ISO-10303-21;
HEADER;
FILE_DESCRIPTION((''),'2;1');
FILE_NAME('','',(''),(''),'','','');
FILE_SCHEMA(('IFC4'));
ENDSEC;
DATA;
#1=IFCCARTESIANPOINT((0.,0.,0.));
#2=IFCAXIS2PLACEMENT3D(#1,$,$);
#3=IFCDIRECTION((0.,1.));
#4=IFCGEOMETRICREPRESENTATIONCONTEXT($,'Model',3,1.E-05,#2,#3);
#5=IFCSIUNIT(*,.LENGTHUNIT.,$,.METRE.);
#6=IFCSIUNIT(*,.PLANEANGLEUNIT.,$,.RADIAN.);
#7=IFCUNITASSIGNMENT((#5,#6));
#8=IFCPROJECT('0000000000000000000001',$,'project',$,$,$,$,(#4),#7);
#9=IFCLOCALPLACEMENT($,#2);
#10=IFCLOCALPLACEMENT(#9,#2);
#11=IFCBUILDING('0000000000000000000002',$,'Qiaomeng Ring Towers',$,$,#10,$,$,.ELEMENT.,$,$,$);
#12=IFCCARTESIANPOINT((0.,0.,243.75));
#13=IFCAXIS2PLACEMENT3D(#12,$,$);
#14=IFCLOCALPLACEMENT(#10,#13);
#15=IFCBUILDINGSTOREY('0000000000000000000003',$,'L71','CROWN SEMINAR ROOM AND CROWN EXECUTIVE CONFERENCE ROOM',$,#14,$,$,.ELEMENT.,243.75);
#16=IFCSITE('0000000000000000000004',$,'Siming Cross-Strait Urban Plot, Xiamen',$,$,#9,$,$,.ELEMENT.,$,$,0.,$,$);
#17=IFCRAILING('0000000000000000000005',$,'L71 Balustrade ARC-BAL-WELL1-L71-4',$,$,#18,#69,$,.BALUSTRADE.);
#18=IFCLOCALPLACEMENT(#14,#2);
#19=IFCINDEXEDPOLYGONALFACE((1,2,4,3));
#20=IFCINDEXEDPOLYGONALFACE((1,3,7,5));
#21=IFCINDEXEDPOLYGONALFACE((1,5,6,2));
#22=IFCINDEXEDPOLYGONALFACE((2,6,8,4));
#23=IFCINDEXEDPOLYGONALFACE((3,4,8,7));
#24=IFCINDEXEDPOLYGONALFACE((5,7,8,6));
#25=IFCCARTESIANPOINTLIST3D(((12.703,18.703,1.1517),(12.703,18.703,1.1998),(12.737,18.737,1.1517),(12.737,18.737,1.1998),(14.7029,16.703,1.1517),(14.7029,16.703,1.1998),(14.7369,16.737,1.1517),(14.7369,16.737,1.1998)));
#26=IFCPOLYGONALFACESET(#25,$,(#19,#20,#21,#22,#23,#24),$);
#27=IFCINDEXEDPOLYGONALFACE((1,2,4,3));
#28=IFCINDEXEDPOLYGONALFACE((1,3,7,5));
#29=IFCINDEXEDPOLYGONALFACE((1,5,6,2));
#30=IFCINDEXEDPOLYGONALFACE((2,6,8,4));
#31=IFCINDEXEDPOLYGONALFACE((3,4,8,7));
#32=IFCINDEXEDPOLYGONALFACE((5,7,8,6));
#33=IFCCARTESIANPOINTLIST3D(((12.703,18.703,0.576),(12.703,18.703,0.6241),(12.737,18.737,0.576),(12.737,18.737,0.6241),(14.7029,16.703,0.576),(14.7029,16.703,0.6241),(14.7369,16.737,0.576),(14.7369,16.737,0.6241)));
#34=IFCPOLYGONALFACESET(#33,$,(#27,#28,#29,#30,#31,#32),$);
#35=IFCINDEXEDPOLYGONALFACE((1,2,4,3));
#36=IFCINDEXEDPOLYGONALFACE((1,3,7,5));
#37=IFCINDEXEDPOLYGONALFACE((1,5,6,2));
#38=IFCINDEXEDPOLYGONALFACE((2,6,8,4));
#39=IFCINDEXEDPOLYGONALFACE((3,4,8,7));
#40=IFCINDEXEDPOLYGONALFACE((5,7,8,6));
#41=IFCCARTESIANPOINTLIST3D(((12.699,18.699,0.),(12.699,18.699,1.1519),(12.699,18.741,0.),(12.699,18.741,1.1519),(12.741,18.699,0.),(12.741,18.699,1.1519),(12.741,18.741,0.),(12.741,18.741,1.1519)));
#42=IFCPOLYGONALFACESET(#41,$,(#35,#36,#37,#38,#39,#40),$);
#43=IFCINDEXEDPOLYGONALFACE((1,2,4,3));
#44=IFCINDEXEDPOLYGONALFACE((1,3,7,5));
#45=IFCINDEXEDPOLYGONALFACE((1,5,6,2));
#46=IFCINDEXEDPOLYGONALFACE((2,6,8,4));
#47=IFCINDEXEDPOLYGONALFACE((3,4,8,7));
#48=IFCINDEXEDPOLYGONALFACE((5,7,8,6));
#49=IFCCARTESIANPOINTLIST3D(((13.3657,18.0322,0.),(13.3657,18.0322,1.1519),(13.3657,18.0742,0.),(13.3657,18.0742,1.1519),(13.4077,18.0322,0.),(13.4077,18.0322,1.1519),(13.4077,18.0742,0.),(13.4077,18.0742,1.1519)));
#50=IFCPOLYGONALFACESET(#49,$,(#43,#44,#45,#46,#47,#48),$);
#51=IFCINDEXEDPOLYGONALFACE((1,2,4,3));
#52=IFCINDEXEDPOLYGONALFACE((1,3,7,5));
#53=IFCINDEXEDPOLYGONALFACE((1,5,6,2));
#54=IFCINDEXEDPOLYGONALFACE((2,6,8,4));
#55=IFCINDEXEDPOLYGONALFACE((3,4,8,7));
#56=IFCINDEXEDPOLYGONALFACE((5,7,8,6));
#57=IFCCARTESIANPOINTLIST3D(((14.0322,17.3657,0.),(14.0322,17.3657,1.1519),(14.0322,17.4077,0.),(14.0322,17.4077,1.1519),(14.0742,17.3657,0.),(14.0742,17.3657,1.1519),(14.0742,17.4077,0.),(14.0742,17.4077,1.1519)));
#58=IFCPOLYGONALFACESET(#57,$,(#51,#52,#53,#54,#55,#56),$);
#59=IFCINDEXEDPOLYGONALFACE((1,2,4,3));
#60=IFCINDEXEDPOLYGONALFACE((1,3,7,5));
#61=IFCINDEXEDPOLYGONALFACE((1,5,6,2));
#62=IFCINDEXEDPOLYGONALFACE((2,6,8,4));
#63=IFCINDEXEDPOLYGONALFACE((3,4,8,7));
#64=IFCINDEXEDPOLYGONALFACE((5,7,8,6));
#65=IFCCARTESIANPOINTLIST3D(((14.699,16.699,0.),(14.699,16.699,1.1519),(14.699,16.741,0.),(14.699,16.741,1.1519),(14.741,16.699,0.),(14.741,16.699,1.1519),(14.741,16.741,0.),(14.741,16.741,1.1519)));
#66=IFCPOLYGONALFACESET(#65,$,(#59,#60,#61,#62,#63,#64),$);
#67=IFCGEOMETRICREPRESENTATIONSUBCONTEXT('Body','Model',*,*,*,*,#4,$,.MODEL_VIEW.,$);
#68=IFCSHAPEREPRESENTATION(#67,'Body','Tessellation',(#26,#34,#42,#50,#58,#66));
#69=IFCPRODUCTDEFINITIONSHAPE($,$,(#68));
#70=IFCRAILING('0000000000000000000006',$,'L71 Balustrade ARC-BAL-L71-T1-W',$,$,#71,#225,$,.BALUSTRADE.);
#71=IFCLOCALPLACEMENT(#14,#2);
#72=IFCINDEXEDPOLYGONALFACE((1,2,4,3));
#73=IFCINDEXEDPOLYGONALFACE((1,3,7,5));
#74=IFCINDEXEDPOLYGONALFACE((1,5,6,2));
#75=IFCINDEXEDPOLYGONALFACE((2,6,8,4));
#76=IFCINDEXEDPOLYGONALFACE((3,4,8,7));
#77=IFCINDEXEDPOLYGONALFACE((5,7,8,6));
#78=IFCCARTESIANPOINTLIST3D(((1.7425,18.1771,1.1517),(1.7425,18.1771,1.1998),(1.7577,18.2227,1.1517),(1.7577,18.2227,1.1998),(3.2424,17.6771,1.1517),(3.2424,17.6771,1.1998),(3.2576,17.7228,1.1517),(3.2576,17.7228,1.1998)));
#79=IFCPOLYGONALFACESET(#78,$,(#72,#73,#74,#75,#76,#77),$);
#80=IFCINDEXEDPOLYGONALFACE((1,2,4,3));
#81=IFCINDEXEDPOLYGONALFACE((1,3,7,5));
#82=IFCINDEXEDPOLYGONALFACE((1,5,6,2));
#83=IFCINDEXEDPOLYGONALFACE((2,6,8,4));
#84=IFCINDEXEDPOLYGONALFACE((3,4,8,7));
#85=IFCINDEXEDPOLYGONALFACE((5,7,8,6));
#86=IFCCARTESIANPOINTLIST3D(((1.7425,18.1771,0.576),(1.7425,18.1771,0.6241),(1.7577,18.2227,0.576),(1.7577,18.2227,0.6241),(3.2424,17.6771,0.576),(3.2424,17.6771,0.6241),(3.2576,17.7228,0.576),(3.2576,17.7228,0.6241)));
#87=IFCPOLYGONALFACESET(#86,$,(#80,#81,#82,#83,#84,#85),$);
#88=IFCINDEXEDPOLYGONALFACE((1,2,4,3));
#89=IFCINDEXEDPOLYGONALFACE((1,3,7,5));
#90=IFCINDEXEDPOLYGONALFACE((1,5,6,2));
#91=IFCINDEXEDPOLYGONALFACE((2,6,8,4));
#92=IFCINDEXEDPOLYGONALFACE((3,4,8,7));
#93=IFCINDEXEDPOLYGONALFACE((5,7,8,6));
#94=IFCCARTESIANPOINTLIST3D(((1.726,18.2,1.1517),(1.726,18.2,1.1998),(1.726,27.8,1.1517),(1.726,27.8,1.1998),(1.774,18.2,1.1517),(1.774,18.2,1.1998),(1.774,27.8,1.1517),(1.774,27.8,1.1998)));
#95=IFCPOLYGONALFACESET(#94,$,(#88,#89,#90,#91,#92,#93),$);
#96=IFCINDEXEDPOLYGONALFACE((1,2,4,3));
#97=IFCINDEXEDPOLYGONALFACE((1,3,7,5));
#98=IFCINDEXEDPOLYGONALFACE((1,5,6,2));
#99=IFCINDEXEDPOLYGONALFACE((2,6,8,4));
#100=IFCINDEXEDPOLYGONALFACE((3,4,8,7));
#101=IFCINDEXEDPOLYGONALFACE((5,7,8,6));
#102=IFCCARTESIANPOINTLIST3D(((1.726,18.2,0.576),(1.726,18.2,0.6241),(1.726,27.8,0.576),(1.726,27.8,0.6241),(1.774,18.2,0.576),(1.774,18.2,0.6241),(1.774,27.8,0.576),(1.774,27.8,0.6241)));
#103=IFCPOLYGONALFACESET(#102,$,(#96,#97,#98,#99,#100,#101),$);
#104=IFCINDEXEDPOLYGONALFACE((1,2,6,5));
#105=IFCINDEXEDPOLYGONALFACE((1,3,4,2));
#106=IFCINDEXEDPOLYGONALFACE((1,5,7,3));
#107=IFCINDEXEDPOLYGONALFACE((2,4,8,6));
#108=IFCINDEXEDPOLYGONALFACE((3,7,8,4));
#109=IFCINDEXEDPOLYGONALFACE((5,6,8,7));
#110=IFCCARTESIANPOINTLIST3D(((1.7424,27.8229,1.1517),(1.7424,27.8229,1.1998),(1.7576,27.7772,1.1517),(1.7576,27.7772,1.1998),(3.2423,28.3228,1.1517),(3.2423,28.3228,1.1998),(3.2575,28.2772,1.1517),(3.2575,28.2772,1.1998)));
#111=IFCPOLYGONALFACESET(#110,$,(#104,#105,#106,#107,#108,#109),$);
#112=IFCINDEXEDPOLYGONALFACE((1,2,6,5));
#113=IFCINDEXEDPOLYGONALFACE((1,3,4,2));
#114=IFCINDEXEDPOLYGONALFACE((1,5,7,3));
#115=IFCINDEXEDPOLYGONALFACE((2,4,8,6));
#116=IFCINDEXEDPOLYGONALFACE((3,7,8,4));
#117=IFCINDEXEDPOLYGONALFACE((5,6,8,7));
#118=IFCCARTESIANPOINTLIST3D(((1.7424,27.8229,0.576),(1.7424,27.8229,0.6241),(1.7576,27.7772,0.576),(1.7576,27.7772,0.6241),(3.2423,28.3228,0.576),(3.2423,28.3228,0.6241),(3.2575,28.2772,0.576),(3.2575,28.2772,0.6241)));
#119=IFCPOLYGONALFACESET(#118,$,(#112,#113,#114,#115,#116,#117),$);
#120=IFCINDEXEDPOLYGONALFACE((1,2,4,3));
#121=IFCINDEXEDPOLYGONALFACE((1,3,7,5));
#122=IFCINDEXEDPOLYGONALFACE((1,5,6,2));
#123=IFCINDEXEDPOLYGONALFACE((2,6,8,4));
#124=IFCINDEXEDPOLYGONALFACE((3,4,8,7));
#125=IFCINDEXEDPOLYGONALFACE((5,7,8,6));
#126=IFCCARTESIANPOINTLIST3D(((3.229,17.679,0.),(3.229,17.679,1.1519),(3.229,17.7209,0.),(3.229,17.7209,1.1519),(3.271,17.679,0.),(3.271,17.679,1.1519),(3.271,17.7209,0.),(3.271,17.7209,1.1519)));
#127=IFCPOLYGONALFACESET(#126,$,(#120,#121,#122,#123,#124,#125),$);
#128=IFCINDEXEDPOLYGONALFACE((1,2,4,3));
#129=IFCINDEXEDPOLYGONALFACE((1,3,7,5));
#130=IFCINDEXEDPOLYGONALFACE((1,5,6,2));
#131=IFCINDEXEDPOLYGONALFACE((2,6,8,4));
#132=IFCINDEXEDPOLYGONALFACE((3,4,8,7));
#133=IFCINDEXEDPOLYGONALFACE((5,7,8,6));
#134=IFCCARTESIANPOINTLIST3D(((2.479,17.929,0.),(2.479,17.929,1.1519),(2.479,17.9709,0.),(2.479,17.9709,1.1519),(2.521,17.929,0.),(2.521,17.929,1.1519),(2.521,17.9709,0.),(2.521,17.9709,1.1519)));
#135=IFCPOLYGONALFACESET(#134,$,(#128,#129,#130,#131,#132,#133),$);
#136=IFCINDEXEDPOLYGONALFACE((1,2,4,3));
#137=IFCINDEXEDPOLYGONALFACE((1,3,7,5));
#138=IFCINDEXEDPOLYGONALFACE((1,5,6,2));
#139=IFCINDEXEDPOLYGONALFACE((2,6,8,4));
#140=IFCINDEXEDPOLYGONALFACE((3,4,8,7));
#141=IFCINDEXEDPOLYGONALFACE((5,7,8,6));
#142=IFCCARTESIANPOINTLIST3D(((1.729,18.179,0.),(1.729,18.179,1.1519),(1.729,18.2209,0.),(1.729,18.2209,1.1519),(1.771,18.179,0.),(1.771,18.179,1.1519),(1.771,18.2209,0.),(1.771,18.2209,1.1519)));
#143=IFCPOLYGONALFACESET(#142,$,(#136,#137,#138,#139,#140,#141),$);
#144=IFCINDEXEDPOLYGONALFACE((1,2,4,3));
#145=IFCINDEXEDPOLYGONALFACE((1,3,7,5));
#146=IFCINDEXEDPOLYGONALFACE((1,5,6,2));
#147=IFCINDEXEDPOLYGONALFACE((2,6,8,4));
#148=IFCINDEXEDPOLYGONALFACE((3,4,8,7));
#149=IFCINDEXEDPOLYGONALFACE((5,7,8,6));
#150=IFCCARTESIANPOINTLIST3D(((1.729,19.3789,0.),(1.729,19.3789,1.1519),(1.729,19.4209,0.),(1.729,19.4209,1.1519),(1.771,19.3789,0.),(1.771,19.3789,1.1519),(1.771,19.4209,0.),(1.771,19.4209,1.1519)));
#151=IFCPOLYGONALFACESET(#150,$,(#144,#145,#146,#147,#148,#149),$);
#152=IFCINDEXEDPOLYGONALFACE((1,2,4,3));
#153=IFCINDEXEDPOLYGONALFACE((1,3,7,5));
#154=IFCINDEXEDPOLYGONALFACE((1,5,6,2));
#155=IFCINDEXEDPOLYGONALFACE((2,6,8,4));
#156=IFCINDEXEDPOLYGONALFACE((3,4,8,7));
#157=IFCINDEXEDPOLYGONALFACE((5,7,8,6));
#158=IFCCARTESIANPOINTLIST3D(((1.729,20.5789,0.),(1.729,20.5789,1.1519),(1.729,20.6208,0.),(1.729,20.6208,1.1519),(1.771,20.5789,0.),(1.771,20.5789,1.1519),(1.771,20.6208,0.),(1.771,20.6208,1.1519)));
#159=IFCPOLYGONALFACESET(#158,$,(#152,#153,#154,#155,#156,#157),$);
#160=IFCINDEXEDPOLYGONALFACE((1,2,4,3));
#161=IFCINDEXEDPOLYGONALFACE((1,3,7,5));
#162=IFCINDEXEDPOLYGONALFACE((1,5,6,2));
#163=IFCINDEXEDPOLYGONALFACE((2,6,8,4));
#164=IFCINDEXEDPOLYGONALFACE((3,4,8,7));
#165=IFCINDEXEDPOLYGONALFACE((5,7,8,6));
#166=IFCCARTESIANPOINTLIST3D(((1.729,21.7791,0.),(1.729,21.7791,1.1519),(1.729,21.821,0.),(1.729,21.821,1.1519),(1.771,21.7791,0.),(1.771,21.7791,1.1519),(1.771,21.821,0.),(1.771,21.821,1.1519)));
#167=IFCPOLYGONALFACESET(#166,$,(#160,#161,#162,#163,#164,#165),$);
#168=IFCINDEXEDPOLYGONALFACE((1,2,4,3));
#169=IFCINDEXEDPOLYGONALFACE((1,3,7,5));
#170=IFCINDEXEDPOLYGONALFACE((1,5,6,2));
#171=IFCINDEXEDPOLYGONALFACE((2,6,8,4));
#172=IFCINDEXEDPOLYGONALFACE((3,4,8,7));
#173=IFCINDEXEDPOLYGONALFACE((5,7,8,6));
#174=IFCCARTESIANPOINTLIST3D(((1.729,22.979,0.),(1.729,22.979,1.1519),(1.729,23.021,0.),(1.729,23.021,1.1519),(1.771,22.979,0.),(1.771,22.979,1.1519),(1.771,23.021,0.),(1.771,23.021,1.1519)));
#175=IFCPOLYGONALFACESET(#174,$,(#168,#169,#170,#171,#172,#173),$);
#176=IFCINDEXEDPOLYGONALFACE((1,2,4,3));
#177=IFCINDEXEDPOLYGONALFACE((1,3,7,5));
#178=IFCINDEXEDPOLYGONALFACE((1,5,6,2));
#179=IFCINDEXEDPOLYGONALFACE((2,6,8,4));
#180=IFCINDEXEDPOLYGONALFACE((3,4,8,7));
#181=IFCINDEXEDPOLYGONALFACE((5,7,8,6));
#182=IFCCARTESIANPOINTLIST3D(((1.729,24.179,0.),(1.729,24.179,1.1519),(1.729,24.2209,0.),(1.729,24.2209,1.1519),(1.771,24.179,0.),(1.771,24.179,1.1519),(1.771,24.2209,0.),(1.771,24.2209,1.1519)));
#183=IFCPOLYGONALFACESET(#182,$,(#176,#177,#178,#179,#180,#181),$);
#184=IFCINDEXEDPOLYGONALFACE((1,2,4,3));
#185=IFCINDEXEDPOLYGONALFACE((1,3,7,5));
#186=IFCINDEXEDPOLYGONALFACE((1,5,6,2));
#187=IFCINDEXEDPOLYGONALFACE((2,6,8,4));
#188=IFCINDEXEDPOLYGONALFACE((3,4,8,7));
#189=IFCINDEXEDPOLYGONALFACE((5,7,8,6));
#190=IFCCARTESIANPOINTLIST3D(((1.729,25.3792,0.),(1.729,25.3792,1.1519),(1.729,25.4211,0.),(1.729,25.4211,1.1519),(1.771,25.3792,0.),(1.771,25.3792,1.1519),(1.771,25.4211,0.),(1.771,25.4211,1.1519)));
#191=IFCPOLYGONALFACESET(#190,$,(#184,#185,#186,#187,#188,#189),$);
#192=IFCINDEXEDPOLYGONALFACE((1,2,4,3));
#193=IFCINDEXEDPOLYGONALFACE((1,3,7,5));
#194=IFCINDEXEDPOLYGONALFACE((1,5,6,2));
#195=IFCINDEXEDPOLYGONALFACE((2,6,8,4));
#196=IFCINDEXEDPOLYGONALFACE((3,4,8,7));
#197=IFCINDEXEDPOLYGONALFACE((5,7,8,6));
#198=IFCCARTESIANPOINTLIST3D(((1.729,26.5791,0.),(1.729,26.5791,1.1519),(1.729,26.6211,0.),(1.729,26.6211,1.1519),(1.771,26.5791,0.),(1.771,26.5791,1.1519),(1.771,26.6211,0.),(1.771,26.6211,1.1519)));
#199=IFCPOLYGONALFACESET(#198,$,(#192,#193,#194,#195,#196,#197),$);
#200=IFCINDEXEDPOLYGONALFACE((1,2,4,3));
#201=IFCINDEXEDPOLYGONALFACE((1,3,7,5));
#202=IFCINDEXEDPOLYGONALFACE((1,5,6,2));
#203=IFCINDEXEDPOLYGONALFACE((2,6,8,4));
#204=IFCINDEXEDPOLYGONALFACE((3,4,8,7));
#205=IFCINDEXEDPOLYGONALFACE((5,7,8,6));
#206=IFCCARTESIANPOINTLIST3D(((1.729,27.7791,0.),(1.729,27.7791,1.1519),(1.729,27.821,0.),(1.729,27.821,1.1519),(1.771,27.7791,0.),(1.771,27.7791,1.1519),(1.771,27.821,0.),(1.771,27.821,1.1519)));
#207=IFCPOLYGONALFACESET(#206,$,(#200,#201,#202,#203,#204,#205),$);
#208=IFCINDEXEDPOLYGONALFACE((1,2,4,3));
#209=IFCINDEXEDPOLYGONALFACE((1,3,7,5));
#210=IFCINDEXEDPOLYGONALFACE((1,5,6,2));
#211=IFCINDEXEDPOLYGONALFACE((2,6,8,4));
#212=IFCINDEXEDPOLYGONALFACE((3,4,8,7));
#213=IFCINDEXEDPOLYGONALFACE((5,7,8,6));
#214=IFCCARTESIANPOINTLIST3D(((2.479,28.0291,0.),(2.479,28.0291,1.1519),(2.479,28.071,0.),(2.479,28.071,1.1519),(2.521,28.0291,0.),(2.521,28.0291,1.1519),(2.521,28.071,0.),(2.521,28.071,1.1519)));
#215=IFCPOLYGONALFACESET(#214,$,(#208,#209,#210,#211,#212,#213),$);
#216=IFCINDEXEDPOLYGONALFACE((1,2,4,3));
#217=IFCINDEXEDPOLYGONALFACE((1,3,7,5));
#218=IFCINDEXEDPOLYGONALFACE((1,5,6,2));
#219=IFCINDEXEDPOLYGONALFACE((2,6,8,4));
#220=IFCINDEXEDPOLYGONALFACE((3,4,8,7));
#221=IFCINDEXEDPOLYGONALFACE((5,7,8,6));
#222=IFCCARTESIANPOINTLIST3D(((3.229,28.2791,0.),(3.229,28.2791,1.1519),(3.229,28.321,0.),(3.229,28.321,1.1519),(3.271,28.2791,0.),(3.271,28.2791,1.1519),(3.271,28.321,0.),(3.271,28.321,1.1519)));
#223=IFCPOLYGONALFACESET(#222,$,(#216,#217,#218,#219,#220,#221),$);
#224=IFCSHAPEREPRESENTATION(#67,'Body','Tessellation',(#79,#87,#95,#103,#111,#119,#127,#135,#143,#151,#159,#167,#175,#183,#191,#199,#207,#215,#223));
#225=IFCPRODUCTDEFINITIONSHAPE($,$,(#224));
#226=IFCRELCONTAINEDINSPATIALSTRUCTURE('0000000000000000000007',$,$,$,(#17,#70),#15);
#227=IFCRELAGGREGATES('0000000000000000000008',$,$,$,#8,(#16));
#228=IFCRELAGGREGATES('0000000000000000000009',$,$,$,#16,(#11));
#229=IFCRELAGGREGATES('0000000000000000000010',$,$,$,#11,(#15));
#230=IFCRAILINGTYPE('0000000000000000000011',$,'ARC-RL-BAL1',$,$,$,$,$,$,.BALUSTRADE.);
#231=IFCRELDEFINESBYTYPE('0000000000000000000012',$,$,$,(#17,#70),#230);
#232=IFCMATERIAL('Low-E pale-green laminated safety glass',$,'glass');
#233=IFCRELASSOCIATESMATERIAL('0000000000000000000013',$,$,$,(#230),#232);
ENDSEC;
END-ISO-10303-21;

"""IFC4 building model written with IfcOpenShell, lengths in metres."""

from ifc_helpers import new_model, si_unit, direction, frame, origin, origin_2d, place, context, subcontext, project, spatial, rectangle, extrude, material, type_object, element, save


model = new_model("IFC4")

# Units and contexts
model_context = context("Model", 3, precision=1e-05, world=origin(), true_north=direction((0.0, 1.0)))
body_context = subcontext(model_context, "Body", "Model", "MODEL_VIEW")
ifc_project = project(units=[si_unit("LENGTHUNIT", "METRE"), si_unit("PLANEANGLEUNIT", "RADIAN")], contexts=[model_context])

# Site, building, storey
site_placement = place(None, origin())
site = spatial("IfcSite", under=ifc_project, at=site_placement, Name="Siming Cross-Strait Urban Plot, Xiamen", CompositionType="ELEMENT", RefElevation=0.0)
building_placement = place(site_placement, origin())
building = spatial("IfcBuilding", under=site, at=building_placement, Name="Qiaomeng Ring Towers", CompositionType="ELEMENT")
storey_placement = place(building_placement, frame((0.0, 0.0, 243.75)))
storey = spatial("IfcBuildingStorey", under=building, at=storey_placement, Name="L71", Description="CROWN SEMINAR ROOM AND CROWN EXECUTIVE CONFERENCE ROOM", CompositionType="ELEMENT", Elevation=243.75)

# Railings
ifc_material_1 = material(Name="Low-E pale-green laminated safety glass", Category="glass")
railing_type_1 = type_object("IfcRailingType", Name="ARC-RL-BAL1", PredefinedType="BALUSTRADE", material=ifc_material_1)
railing_1_placement = place(storey_placement, frame((12.72, 18.72, 0.0)))
element("IfcRailing", 1, at=railing_1_placement, inside=storey, type_object=railing_type_1, Name="L71 Balustrade ARC-BAL-WELL1-L71-4", PredefinedType="BALUSTRADE", context=body_context, shape_type="SweptSolid", body=[
    extrude(rectangle(XDim=0.0481, YDim=0.0481, at=origin_2d()), frame((0.0, 0.0, 1.1758), z_axis=(0.707107, -0.707107, 0.0), x_axis=(0.707107, 0.707107, 0.0)), (0.0, 0.0, 1.0), 2.8284),
    extrude(rectangle(XDim=0.0481, YDim=0.0481, at=origin_2d()), frame((0.0, 0.0, 0.6001), z_axis=(0.707107, -0.707107, 0.0), x_axis=(0.707107, 0.707107, 0.0)), (0.0, 0.0, 1.0), 2.8284),
    extrude(rectangle(XDim=0.042, YDim=0.042, at=origin_2d()), origin(), (0.0, 0.0, 1.0), 1.1519),
    extrude(rectangle(XDim=0.042, YDim=0.042, at=origin_2d()), frame((0.6667, -0.6667, 0.0)), (0.0, 0.0, 1.0), 1.1519),
    extrude(rectangle(XDim=0.042, YDim=0.042, at=origin_2d()), frame((1.3333, -1.3333, 0.0)), (0.0, 0.0, 1.0), 1.1519),
    extrude(rectangle(XDim=0.042, YDim=0.042, at=origin_2d()), frame((2.0, -2.0, 0.0)), (0.0, 0.0, 1.0), 1.1519),
])
railing_2_placement = place(storey_placement, frame((3.25, 17.7, 0.0)))
element("IfcRailing", 2, at=railing_2_placement, inside=storey, type_object=railing_type_1, Name="L71 Balustrade ARC-BAL-L71-T1-W", PredefinedType="BALUSTRADE", context=body_context, shape_type="SweptSolid", body=[
    extrude(rectangle(XDim=0.0481, YDim=0.0481, at=origin_2d()), frame((0.0, 0.0, 1.1758), z_axis=(-0.948683, 0.316228, 0.0), x_axis=(-0.316228, -0.948683, 0.0)), (0.0, 0.0, 1.0), 1.5811),
    extrude(rectangle(XDim=0.0481, YDim=0.0481, at=origin_2d()), frame((0.0, 0.0, 0.6001), z_axis=(-0.948683, 0.316228, 0.0), x_axis=(-0.316228, -0.948683, 0.0)), (0.0, 0.0, 1.0), 1.5811),
    extrude(rectangle(XDim=0.0481, YDim=0.0481, at=origin_2d()), frame((-1.5, 0.5, 1.1758), z_axis=(0.0, 1.0, 0.0), x_axis=(-1.0, 0.0, 0.0)), (0.0, 0.0, 1.0), 9.6001),
    extrude(rectangle(XDim=0.0481, YDim=0.0481, at=origin_2d()), frame((-1.5, 0.5, 0.6001), z_axis=(0.0, 1.0, 0.0), x_axis=(-1.0, 0.0, 0.0)), (0.0, 0.0, 1.0), 9.6001),
    extrude(rectangle(XDim=0.0481, YDim=0.0481, at=origin_2d()), frame((-1.5, 10.1001, 1.1758), z_axis=(0.948683, 0.316228, 0.0), x_axis=(-0.316228, 0.948683, 0.0)), (0.0, 0.0, 1.0), 1.5811),
    extrude(rectangle(XDim=0.0481, YDim=0.0481, at=origin_2d()), frame((-1.5, 10.1001, 0.6001), z_axis=(0.948683, 0.316228, 0.0), x_axis=(-0.316228, 0.948683, 0.0)), (0.0, 0.0, 1.0), 1.5811),
    extrude(rectangle(XDim=0.042, YDim=0.042, at=origin_2d()), origin(), (0.0, 0.0, 1.0), 1.1519),
    extrude(rectangle(XDim=0.042, YDim=0.042, at=origin_2d()), frame((-0.75, 0.25, 0.0)), (0.0, 0.0, 1.0), 1.1519),
    extrude(rectangle(XDim=0.042, YDim=0.042, at=origin_2d()), frame((-1.5, 0.5, 0.0)), (0.0, 0.0, 1.0), 1.1519),
    extrude(rectangle(XDim=0.042, YDim=0.042, at=origin_2d()), frame((-1.5, 1.7, 0.0)), (0.0, 0.0, 1.0), 1.1519),
    extrude(rectangle(XDim=0.042, YDim=0.042, at=origin_2d()), frame((-1.5, 2.8999, 0.0)), (0.0, 0.0, 1.0), 1.1519),
    extrude(rectangle(XDim=0.042, YDim=0.042, at=origin_2d()), frame((-1.5, 4.1001, 0.0)), (0.0, 0.0, 1.0), 1.1519),
    extrude(rectangle(XDim=0.042, YDim=0.042, at=origin_2d()), frame((-1.5, 5.3, 0.0)), (0.0, 0.0, 1.0), 1.1519),
    extrude(rectangle(XDim=0.042, YDim=0.042, at=origin_2d()), frame((-1.5, 6.5, 0.0)), (0.0, 0.0, 1.0), 1.1519),
    extrude(rectangle(XDim=0.042, YDim=0.042, at=origin_2d()), frame((-1.5, 7.7002, 0.0)), (0.0, 0.0, 1.0), 1.1519),
    extrude(rectangle(XDim=0.042, YDim=0.042, at=origin_2d()), frame((-1.5, 8.9001, 0.0)), (0.0, 0.0, 1.0), 1.1519),
    extrude(rectangle(XDim=0.042, YDim=0.042, at=origin_2d()), frame((-1.5, 10.1001, 0.0)), (0.0, 0.0, 1.0), 1.1519),
    extrude(rectangle(XDim=0.042, YDim=0.042, at=origin_2d()), frame((-0.75, 10.3501, 0.0)), (0.0, 0.0, 1.0), 1.1519),
    extrude(rectangle(XDim=0.042, YDim=0.042, at=origin_2d()), frame((0.0, 10.6001, 0.0)), (0.0, 0.0, 1.0), 1.1519),
])

save(model, "model.ifc")
